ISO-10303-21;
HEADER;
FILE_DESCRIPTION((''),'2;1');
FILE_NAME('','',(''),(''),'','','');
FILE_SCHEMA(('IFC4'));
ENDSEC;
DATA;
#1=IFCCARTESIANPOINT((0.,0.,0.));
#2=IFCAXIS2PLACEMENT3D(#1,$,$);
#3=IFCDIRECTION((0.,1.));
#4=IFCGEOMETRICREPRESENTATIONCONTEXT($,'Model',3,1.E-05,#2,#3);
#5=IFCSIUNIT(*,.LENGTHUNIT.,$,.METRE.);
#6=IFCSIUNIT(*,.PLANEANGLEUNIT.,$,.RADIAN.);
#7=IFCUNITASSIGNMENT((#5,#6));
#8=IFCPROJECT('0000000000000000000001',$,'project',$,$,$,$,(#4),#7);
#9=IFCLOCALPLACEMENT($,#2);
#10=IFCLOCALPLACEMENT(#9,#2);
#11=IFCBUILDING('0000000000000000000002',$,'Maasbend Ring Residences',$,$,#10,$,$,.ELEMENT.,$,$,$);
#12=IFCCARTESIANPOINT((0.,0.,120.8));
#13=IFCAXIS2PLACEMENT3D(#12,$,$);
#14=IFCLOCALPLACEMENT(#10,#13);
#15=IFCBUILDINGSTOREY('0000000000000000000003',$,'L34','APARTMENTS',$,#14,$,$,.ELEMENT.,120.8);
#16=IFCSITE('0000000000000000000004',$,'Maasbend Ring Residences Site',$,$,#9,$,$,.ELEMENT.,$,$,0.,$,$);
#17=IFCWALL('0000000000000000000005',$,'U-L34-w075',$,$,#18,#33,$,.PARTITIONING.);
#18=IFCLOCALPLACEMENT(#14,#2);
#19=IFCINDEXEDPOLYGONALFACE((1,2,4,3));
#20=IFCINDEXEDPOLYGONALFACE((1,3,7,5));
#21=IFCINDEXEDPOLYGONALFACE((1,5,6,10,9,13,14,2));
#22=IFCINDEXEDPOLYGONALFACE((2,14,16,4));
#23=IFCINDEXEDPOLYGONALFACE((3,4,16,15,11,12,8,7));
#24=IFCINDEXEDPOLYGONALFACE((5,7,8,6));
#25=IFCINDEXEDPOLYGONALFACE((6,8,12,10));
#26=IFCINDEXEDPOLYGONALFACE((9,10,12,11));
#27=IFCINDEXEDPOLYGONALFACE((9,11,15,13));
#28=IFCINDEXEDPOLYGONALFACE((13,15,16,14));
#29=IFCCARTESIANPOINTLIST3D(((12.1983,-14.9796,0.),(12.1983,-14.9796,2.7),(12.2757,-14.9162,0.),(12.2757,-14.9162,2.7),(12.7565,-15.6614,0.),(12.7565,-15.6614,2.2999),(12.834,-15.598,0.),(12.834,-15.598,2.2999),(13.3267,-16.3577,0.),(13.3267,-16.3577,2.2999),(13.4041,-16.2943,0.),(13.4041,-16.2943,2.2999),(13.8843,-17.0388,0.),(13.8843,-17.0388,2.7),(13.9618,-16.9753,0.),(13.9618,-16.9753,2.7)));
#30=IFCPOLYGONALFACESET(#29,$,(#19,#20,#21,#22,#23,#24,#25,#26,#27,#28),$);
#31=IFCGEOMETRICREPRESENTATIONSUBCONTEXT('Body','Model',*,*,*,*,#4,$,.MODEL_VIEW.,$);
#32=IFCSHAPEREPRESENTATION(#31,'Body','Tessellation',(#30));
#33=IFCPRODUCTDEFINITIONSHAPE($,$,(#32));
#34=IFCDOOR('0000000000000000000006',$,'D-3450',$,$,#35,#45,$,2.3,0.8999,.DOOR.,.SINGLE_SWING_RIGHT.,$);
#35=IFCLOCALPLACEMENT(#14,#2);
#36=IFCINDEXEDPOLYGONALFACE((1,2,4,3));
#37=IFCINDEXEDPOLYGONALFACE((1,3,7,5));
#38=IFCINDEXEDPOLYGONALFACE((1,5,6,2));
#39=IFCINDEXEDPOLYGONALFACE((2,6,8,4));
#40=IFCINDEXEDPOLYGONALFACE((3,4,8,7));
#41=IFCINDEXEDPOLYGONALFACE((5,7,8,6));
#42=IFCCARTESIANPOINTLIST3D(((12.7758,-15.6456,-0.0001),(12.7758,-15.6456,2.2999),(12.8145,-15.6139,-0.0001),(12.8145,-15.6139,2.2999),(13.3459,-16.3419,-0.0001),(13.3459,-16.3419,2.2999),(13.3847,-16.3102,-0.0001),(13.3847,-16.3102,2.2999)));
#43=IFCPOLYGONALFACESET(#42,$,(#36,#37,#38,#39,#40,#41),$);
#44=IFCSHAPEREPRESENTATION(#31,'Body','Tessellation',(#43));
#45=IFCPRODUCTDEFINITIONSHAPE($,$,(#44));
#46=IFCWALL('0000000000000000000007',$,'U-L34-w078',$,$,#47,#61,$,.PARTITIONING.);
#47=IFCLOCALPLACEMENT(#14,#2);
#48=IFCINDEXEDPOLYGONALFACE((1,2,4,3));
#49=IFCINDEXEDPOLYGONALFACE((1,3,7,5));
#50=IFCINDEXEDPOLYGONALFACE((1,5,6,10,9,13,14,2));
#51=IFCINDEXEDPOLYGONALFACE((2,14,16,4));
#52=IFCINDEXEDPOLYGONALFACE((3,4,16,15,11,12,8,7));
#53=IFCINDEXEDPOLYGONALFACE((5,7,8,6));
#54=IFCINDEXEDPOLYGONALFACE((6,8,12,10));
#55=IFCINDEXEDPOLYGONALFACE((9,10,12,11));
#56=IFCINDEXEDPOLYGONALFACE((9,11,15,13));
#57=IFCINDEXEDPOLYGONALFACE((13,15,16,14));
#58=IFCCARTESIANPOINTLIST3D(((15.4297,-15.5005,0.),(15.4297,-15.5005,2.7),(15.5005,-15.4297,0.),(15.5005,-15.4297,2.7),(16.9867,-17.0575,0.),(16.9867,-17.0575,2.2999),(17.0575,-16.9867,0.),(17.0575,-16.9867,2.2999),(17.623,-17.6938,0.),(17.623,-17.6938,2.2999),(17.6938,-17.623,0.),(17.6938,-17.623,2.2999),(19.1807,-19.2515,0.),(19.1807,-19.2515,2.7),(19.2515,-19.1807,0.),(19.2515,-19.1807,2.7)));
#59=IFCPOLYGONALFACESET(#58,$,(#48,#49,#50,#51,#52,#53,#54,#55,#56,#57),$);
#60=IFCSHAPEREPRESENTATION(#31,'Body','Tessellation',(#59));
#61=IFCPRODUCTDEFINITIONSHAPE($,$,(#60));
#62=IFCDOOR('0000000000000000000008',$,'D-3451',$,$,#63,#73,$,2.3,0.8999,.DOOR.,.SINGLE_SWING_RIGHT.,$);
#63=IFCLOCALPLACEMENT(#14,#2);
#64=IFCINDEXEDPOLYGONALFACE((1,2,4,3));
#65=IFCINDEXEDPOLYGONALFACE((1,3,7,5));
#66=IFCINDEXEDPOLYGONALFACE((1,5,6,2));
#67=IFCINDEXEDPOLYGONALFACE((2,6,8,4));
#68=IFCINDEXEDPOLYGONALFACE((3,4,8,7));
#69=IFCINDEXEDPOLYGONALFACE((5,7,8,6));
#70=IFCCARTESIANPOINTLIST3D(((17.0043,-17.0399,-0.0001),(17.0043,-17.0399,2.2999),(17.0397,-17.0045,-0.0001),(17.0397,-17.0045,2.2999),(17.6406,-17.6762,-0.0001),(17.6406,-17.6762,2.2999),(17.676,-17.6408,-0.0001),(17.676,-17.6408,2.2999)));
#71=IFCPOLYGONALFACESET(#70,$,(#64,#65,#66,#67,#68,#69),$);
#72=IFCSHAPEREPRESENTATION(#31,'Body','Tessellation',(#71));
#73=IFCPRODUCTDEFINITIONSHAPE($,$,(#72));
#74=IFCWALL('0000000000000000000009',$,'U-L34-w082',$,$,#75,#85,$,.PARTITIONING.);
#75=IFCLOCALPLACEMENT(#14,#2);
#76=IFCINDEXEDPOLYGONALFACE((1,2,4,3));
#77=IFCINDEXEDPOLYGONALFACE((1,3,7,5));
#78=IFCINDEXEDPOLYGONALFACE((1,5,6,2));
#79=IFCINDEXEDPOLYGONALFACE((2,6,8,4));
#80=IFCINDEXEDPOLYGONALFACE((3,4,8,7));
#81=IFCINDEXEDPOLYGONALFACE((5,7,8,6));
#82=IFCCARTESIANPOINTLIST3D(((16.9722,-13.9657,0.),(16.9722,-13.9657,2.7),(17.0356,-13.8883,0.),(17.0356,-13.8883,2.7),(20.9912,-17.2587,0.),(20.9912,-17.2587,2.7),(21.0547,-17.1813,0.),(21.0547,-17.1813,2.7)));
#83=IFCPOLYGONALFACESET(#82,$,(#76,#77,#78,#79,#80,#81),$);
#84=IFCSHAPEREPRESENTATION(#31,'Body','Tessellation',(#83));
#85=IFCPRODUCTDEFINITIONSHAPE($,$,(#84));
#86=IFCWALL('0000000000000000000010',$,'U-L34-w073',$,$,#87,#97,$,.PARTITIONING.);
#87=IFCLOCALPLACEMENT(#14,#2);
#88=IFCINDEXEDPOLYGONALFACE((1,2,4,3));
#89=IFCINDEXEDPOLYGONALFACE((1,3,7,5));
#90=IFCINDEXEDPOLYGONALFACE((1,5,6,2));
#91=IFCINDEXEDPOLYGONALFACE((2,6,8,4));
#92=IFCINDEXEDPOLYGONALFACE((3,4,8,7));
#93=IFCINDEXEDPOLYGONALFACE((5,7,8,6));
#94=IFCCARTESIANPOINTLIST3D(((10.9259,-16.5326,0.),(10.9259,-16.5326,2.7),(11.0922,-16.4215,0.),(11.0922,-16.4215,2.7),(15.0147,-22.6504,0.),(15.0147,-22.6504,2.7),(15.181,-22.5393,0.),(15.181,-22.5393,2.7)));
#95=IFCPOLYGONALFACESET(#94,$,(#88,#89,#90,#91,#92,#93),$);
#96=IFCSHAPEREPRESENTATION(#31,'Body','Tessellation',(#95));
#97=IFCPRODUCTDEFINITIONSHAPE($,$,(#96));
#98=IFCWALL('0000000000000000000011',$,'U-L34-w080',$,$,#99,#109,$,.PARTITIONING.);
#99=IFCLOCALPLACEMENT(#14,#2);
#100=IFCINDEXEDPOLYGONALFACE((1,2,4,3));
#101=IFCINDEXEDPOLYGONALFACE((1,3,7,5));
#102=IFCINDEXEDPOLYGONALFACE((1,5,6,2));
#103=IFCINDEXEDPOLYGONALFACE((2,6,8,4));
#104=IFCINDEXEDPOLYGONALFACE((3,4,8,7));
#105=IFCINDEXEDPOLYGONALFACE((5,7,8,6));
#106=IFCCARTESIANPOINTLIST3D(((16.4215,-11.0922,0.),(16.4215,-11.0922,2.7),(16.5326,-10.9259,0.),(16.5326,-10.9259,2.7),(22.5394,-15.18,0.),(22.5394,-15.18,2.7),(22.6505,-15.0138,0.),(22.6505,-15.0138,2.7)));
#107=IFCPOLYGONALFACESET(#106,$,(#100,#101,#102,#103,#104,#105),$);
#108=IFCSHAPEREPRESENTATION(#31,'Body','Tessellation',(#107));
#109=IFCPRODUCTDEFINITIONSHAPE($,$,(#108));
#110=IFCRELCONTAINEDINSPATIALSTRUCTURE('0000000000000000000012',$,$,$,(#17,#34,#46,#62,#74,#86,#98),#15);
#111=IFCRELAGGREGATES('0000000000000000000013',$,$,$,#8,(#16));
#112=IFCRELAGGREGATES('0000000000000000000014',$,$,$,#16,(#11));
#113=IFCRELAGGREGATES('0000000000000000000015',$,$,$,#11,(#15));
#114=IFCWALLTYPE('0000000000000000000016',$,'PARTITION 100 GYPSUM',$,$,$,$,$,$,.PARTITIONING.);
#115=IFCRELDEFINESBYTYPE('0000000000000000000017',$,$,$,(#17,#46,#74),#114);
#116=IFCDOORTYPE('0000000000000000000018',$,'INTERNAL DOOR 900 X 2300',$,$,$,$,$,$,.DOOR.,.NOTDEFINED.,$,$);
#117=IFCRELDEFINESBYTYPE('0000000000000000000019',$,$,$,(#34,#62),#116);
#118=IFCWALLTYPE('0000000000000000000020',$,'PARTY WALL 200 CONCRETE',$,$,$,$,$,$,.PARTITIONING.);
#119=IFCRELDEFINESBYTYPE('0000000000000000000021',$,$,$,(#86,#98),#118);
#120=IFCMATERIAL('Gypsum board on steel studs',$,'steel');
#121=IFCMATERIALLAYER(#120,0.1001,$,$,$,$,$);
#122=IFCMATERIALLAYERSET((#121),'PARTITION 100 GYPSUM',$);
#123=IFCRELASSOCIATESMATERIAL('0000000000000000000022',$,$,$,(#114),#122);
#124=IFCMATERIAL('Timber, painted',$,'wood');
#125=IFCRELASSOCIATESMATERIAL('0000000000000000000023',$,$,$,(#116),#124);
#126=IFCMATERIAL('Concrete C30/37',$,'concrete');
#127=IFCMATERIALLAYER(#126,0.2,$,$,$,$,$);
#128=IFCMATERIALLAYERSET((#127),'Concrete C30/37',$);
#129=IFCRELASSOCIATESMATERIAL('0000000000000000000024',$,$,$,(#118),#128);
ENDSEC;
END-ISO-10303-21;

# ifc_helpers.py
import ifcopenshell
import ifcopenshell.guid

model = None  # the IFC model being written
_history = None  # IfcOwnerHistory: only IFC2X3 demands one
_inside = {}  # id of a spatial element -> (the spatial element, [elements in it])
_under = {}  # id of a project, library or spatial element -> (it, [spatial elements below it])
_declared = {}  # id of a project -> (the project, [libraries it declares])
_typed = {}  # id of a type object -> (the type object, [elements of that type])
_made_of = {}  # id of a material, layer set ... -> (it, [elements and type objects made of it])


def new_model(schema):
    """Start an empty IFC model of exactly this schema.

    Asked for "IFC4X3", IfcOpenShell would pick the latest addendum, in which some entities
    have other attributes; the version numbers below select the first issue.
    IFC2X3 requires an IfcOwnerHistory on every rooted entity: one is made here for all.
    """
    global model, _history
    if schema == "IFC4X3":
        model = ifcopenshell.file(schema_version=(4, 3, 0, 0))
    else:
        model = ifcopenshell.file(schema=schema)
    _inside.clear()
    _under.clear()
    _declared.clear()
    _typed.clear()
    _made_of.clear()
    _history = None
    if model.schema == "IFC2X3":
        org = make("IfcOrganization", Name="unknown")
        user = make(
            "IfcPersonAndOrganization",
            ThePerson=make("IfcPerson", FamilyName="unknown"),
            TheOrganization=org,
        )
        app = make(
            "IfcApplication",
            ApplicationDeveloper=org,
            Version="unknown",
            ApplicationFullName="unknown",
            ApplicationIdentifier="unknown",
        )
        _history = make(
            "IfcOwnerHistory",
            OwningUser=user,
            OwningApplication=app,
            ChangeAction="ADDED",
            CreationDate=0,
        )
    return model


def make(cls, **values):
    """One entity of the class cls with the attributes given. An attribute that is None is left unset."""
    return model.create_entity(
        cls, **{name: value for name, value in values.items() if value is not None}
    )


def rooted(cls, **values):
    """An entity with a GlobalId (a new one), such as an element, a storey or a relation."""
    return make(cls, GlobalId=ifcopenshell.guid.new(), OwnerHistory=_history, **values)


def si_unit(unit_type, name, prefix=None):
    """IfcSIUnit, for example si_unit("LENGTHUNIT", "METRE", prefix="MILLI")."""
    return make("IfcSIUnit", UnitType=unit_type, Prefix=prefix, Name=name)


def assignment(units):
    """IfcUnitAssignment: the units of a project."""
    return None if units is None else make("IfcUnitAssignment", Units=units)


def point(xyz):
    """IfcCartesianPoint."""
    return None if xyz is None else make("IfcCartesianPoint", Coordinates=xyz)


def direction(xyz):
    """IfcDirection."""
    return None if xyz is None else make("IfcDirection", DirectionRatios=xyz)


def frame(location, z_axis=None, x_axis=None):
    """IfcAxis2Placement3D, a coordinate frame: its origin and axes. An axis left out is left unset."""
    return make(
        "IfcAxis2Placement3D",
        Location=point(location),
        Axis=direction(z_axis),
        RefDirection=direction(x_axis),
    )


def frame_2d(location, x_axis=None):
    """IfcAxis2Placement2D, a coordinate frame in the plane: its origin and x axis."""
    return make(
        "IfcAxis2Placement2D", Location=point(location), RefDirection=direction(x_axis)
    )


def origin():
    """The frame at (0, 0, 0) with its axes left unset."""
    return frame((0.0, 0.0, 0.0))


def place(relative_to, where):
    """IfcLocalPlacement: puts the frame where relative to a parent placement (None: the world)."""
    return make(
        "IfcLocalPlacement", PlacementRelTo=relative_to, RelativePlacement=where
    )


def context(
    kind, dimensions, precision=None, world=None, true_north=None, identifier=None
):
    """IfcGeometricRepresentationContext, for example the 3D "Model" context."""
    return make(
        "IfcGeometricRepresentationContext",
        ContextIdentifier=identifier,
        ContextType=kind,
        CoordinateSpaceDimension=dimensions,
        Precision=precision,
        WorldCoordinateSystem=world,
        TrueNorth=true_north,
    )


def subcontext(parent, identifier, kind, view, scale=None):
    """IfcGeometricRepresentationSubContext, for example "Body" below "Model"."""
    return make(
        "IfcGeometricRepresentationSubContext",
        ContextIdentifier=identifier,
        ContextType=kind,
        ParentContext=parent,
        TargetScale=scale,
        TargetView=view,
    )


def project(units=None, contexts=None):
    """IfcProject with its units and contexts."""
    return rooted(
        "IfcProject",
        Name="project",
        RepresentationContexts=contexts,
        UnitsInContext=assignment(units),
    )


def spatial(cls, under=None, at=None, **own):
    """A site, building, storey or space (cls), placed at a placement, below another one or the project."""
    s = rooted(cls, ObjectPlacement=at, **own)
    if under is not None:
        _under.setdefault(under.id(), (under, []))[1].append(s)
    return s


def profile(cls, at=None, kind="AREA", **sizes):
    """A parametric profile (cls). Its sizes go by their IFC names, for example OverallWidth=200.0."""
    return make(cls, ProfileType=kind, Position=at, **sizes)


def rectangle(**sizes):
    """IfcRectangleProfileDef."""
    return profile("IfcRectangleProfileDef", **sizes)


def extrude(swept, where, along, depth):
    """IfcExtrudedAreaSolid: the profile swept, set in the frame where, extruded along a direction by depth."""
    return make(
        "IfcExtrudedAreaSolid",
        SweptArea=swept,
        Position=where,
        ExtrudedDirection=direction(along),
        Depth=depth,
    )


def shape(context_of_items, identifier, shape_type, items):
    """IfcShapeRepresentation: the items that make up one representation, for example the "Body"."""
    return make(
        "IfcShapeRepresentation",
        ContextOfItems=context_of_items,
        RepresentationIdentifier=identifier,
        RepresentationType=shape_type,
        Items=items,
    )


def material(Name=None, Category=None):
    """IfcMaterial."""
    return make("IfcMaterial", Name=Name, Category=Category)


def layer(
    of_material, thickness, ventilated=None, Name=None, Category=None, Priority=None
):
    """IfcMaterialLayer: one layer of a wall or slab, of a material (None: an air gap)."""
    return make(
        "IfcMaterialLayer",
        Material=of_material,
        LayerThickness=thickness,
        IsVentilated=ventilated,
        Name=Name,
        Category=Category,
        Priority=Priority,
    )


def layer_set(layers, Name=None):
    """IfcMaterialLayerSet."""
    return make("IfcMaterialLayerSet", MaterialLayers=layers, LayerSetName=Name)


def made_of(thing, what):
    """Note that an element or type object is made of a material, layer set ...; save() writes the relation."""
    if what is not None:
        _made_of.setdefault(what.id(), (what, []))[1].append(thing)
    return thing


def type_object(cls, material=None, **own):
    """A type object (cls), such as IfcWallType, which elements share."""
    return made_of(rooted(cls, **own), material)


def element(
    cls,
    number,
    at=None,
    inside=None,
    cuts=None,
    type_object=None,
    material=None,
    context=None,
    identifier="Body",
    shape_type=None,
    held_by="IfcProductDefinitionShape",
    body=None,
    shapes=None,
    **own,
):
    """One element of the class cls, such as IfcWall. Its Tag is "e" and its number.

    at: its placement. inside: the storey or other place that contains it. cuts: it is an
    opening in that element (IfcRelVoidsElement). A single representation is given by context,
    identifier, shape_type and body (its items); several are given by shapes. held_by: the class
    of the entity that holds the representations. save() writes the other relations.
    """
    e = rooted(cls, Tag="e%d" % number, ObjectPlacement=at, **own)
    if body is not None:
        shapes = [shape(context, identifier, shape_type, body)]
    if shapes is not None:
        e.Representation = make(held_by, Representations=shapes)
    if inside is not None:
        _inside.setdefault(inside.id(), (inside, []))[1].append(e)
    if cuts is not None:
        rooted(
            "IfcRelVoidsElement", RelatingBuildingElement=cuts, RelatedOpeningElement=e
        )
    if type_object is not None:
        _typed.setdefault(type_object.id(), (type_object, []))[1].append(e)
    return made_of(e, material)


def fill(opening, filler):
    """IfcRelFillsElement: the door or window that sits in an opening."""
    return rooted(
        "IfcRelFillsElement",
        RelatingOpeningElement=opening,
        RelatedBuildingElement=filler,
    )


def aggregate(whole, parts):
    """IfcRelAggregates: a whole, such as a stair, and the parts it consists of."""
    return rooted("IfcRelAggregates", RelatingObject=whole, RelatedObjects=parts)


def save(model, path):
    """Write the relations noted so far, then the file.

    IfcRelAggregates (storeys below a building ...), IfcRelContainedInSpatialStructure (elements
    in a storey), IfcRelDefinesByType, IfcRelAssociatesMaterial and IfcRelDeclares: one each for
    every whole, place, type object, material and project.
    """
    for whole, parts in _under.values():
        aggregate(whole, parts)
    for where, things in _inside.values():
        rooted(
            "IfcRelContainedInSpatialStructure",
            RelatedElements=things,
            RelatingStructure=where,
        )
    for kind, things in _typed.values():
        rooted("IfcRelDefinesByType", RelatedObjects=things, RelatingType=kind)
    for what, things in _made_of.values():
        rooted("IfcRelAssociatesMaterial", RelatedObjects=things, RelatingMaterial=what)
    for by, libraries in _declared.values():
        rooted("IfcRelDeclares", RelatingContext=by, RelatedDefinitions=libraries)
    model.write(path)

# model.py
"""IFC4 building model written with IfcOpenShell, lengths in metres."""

from ifc_helpers import new_model, si_unit, direction, frame, frame_2d, origin, place, context, subcontext, project, spatial, rectangle, extrude, material, layer, layer_set, type_object, element, fill, save


model = new_model("IFC4")

# Units and contexts
model_context = context("Model", 3, precision=1e-05, world=origin(), true_north=direction((0.0, 1.0)))
body_context = subcontext(model_context, "Body", "Model", "MODEL_VIEW")
ifc_project = project(units=[si_unit("LENGTHUNIT", "METRE"), si_unit("PLANEANGLEUNIT", "RADIAN")], contexts=[model_context])

# Site, building, storey
site_placement = place(None, origin())
site = spatial("IfcSite", under=ifc_project, at=site_placement, Name="Maasbend Ring Residences Site", CompositionType="ELEMENT", RefElevation=0.0)
building_placement = place(site_placement, origin())
building = spatial("IfcBuilding", under=site, at=building_placement, Name="Maasbend Ring Residences", CompositionType="ELEMENT")
storey_placement = place(building_placement, frame((0.0, 0.0, 120.8)))
storey = spatial("IfcBuildingStorey", under=building, at=storey_placement, Name="L34", Description="APARTMENTS", CompositionType="ELEMENT", Elevation=120.8)

# Walls, openings, doors
ifc_material_1 = material(Name="Gypsum board on steel studs", Category="steel")
ifc_layer_1 = layer(ifc_material_1, 0.1001)
ifc_layer_set_1 = layer_set([ifc_layer_1], Name="PARTITION 100 GYPSUM")
wall_type_1 = type_object("IfcWallType", Name="PARTITION 100 GYPSUM", PredefinedType="PARTITIONING", material=ifc_layer_set_1)
ifc_material_2 = material(Name="Timber, painted", Category="wood")
door_type_1 = type_object("IfcDoorType", Name="INTERNAL DOOR 900 X 2300", OperationType="NOTDEFINED", PredefinedType="DOOR", material=ifc_material_2)
wall_1_placement = place(storey_placement, frame((12.2371, -14.948, 0.0), z_axis=(0.0, 0.0, 1.0), x_axis=(0.633537, -0.773712, 0.0)))
wall_1 = element("IfcWall", 1, at=wall_1_placement, inside=storey, type_object=wall_type_1, Name="U-L34-w075", PredefinedType="PARTITIONING", context=body_context, shape_type="SweptSolid", body=[
    extrude(rectangle(XDim=2.6614, YDim=0.1001, at=frame_2d((1.3306, 0.0))), origin(), (0.0, 0.0, 1.0), 2.7),
])
opening_1_placement = place(wall_1_placement, frame((0.8811, 0.0, 0.0)))
opening_1 = element("IfcOpeningElement", 2, at=opening_1_placement, cuts=wall_1, PredefinedType="OPENING", context=body_context, shape_type="SweptSolid", body=[
    extrude(rectangle(XDim=0.8999, YDim=2.3, at=frame_2d((0.45, 1.1499))), frame((0.0, 0.0601, 0.0), z_axis=(0.0, -1.0, 0.0), x_axis=(1.0, 0.0, 0.0)), (0.0, 0.0, 1.0), 0.1201),
])
door_1_placement = place(opening_1_placement, origin())
door_1 = element("IfcDoor", 3, at=door_1_placement, inside=storey, type_object=door_type_1, Name="D-3450", OperationType="SINGLE_SWING_RIGHT", OverallHeight=2.3, OverallWidth=0.8999, PredefinedType="DOOR", context=body_context, shape_type="SweptSolid", body=[
    extrude(rectangle(XDim=0.8999, YDim=2.3, at=frame_2d((0.45, 1.1499))), frame((0.0, 0.0249, 0.0), z_axis=(0.0, -1.0, 0.0), x_axis=(1.0, 0.0, 0.0)), (0.0, 0.0, 1.0), 0.05),
])
fill(opening_1, door_1)
wall_2_placement = place(storey_placement, frame((15.4651, -15.4651, 0.0), z_axis=(0.0, 0.0, 1.0), x_axis=(0.707107, -0.707107, 0.0)))
wall_2 = element("IfcWall", 4, at=wall_2_placement, inside=storey, type_object=wall_type_1, Name="U-L34-w078", PredefinedType="PARTITIONING", context=body_context, shape_type="SweptSolid", body=[
    extrude(rectangle(XDim=5.3047, YDim=0.1001, at=frame_2d((2.6523, 0.0))), origin(), (0.0, 0.0, 1.0), 2.7),
])
opening_2_placement = place(wall_2_placement, frame((2.2019, 0.0, 0.0)))
opening_2 = element("IfcOpeningElement", 5, at=opening_2_placement, cuts=wall_2, PredefinedType="OPENING", context=body_context, shape_type="SweptSolid", body=[
    extrude(rectangle(XDim=0.8999, YDim=2.3, at=frame_2d((0.45, 1.1499))), frame((0.0, 0.0601, 0.0), z_axis=(0.0, -1.0, 0.0), x_axis=(1.0, 0.0, 0.0)), (0.0, 0.0, 1.0), 0.1201),
])
door_2_placement = place(opening_2_placement, origin())
door_2 = element("IfcDoor", 6, at=door_2_placement, inside=storey, type_object=door_type_1, Name="D-3451", OperationType="SINGLE_SWING_RIGHT", OverallHeight=2.3, OverallWidth=0.8999, PredefinedType="DOOR", context=body_context, shape_type="SweptSolid", body=[
    extrude(rectangle(XDim=0.8999, YDim=2.3, at=frame_2d((0.45, 1.1499))), frame((0.0, 0.0249, 0.0), z_axis=(0.0, -1.0, 0.0), x_axis=(1.0, 0.0, 0.0)), (0.0, 0.0, 1.0), 0.05),
])
fill(opening_2, door_2)

# Walls
wall_3_placement = place(storey_placement, frame((17.0039, -13.927, 0.0), z_axis=(0.0, 0.0, 1.0), x_axis=(0.773517, -0.633775, 0.0)))
element("IfcWall", 7, at=wall_3_placement, inside=storey, type_object=wall_type_1, Name="U-L34-w082", PredefinedType="PARTITIONING", context=body_context, shape_type="SweptSolid", body=[
    extrude(rectangle(XDim=5.1958, YDim=0.1001, at=frame_2d((2.5979, 0.0))), origin(), (0.0, 0.0, 1.0), 2.7),
])
ifc_material_3 = material(Name="Concrete C30/37", Category="concrete")
ifc_layer_2 = layer(ifc_material_3, 0.2)
ifc_layer_set_2 = layer_set([ifc_layer_2], Name="Concrete C30/37")
wall_type_2 = type_object("IfcWallType", Name="PARTY WALL 200 CONCRETE", PredefinedType="PARTITIONING", material=ifc_layer_set_2)
wall_4_placement = place(storey_placement, frame((11.009, -16.4771, 0.0), z_axis=(0.0, 0.0, 1.0), x_axis=(0.555665, -0.831407, 0.0)))
element("IfcWall", 8, at=wall_4_placement, inside=storey, type_object=wall_type_2, Name="U-L34-w073", PredefinedType="PARTITIONING", context=body_context, shape_type="SweptSolid", body=[
    extrude(rectangle(XDim=7.3584, YDim=0.2, at=frame_2d((3.6792, 0.0))), origin(), (0.0, 0.0, 1.0), 2.7),
])
wall_5_placement = place(storey_placement, frame((16.4771, -11.009, 0.0), z_axis=(0.0, 0.0, 1.0), x_axis=(0.831468, -0.555573, 0.0)))
element("IfcWall", 9, at=wall_5_placement, inside=storey, type_object=wall_type_2, Name="U-L34-w080", PredefinedType="PARTITIONING", context=body_context, shape_type="SweptSolid", body=[
    extrude(rectangle(XDim=7.3579, YDim=0.2, at=frame_2d((3.679, 0.0))), origin(), (0.0, 0.0, 1.0), 2.7),
])

save(model, "model.ifc")
